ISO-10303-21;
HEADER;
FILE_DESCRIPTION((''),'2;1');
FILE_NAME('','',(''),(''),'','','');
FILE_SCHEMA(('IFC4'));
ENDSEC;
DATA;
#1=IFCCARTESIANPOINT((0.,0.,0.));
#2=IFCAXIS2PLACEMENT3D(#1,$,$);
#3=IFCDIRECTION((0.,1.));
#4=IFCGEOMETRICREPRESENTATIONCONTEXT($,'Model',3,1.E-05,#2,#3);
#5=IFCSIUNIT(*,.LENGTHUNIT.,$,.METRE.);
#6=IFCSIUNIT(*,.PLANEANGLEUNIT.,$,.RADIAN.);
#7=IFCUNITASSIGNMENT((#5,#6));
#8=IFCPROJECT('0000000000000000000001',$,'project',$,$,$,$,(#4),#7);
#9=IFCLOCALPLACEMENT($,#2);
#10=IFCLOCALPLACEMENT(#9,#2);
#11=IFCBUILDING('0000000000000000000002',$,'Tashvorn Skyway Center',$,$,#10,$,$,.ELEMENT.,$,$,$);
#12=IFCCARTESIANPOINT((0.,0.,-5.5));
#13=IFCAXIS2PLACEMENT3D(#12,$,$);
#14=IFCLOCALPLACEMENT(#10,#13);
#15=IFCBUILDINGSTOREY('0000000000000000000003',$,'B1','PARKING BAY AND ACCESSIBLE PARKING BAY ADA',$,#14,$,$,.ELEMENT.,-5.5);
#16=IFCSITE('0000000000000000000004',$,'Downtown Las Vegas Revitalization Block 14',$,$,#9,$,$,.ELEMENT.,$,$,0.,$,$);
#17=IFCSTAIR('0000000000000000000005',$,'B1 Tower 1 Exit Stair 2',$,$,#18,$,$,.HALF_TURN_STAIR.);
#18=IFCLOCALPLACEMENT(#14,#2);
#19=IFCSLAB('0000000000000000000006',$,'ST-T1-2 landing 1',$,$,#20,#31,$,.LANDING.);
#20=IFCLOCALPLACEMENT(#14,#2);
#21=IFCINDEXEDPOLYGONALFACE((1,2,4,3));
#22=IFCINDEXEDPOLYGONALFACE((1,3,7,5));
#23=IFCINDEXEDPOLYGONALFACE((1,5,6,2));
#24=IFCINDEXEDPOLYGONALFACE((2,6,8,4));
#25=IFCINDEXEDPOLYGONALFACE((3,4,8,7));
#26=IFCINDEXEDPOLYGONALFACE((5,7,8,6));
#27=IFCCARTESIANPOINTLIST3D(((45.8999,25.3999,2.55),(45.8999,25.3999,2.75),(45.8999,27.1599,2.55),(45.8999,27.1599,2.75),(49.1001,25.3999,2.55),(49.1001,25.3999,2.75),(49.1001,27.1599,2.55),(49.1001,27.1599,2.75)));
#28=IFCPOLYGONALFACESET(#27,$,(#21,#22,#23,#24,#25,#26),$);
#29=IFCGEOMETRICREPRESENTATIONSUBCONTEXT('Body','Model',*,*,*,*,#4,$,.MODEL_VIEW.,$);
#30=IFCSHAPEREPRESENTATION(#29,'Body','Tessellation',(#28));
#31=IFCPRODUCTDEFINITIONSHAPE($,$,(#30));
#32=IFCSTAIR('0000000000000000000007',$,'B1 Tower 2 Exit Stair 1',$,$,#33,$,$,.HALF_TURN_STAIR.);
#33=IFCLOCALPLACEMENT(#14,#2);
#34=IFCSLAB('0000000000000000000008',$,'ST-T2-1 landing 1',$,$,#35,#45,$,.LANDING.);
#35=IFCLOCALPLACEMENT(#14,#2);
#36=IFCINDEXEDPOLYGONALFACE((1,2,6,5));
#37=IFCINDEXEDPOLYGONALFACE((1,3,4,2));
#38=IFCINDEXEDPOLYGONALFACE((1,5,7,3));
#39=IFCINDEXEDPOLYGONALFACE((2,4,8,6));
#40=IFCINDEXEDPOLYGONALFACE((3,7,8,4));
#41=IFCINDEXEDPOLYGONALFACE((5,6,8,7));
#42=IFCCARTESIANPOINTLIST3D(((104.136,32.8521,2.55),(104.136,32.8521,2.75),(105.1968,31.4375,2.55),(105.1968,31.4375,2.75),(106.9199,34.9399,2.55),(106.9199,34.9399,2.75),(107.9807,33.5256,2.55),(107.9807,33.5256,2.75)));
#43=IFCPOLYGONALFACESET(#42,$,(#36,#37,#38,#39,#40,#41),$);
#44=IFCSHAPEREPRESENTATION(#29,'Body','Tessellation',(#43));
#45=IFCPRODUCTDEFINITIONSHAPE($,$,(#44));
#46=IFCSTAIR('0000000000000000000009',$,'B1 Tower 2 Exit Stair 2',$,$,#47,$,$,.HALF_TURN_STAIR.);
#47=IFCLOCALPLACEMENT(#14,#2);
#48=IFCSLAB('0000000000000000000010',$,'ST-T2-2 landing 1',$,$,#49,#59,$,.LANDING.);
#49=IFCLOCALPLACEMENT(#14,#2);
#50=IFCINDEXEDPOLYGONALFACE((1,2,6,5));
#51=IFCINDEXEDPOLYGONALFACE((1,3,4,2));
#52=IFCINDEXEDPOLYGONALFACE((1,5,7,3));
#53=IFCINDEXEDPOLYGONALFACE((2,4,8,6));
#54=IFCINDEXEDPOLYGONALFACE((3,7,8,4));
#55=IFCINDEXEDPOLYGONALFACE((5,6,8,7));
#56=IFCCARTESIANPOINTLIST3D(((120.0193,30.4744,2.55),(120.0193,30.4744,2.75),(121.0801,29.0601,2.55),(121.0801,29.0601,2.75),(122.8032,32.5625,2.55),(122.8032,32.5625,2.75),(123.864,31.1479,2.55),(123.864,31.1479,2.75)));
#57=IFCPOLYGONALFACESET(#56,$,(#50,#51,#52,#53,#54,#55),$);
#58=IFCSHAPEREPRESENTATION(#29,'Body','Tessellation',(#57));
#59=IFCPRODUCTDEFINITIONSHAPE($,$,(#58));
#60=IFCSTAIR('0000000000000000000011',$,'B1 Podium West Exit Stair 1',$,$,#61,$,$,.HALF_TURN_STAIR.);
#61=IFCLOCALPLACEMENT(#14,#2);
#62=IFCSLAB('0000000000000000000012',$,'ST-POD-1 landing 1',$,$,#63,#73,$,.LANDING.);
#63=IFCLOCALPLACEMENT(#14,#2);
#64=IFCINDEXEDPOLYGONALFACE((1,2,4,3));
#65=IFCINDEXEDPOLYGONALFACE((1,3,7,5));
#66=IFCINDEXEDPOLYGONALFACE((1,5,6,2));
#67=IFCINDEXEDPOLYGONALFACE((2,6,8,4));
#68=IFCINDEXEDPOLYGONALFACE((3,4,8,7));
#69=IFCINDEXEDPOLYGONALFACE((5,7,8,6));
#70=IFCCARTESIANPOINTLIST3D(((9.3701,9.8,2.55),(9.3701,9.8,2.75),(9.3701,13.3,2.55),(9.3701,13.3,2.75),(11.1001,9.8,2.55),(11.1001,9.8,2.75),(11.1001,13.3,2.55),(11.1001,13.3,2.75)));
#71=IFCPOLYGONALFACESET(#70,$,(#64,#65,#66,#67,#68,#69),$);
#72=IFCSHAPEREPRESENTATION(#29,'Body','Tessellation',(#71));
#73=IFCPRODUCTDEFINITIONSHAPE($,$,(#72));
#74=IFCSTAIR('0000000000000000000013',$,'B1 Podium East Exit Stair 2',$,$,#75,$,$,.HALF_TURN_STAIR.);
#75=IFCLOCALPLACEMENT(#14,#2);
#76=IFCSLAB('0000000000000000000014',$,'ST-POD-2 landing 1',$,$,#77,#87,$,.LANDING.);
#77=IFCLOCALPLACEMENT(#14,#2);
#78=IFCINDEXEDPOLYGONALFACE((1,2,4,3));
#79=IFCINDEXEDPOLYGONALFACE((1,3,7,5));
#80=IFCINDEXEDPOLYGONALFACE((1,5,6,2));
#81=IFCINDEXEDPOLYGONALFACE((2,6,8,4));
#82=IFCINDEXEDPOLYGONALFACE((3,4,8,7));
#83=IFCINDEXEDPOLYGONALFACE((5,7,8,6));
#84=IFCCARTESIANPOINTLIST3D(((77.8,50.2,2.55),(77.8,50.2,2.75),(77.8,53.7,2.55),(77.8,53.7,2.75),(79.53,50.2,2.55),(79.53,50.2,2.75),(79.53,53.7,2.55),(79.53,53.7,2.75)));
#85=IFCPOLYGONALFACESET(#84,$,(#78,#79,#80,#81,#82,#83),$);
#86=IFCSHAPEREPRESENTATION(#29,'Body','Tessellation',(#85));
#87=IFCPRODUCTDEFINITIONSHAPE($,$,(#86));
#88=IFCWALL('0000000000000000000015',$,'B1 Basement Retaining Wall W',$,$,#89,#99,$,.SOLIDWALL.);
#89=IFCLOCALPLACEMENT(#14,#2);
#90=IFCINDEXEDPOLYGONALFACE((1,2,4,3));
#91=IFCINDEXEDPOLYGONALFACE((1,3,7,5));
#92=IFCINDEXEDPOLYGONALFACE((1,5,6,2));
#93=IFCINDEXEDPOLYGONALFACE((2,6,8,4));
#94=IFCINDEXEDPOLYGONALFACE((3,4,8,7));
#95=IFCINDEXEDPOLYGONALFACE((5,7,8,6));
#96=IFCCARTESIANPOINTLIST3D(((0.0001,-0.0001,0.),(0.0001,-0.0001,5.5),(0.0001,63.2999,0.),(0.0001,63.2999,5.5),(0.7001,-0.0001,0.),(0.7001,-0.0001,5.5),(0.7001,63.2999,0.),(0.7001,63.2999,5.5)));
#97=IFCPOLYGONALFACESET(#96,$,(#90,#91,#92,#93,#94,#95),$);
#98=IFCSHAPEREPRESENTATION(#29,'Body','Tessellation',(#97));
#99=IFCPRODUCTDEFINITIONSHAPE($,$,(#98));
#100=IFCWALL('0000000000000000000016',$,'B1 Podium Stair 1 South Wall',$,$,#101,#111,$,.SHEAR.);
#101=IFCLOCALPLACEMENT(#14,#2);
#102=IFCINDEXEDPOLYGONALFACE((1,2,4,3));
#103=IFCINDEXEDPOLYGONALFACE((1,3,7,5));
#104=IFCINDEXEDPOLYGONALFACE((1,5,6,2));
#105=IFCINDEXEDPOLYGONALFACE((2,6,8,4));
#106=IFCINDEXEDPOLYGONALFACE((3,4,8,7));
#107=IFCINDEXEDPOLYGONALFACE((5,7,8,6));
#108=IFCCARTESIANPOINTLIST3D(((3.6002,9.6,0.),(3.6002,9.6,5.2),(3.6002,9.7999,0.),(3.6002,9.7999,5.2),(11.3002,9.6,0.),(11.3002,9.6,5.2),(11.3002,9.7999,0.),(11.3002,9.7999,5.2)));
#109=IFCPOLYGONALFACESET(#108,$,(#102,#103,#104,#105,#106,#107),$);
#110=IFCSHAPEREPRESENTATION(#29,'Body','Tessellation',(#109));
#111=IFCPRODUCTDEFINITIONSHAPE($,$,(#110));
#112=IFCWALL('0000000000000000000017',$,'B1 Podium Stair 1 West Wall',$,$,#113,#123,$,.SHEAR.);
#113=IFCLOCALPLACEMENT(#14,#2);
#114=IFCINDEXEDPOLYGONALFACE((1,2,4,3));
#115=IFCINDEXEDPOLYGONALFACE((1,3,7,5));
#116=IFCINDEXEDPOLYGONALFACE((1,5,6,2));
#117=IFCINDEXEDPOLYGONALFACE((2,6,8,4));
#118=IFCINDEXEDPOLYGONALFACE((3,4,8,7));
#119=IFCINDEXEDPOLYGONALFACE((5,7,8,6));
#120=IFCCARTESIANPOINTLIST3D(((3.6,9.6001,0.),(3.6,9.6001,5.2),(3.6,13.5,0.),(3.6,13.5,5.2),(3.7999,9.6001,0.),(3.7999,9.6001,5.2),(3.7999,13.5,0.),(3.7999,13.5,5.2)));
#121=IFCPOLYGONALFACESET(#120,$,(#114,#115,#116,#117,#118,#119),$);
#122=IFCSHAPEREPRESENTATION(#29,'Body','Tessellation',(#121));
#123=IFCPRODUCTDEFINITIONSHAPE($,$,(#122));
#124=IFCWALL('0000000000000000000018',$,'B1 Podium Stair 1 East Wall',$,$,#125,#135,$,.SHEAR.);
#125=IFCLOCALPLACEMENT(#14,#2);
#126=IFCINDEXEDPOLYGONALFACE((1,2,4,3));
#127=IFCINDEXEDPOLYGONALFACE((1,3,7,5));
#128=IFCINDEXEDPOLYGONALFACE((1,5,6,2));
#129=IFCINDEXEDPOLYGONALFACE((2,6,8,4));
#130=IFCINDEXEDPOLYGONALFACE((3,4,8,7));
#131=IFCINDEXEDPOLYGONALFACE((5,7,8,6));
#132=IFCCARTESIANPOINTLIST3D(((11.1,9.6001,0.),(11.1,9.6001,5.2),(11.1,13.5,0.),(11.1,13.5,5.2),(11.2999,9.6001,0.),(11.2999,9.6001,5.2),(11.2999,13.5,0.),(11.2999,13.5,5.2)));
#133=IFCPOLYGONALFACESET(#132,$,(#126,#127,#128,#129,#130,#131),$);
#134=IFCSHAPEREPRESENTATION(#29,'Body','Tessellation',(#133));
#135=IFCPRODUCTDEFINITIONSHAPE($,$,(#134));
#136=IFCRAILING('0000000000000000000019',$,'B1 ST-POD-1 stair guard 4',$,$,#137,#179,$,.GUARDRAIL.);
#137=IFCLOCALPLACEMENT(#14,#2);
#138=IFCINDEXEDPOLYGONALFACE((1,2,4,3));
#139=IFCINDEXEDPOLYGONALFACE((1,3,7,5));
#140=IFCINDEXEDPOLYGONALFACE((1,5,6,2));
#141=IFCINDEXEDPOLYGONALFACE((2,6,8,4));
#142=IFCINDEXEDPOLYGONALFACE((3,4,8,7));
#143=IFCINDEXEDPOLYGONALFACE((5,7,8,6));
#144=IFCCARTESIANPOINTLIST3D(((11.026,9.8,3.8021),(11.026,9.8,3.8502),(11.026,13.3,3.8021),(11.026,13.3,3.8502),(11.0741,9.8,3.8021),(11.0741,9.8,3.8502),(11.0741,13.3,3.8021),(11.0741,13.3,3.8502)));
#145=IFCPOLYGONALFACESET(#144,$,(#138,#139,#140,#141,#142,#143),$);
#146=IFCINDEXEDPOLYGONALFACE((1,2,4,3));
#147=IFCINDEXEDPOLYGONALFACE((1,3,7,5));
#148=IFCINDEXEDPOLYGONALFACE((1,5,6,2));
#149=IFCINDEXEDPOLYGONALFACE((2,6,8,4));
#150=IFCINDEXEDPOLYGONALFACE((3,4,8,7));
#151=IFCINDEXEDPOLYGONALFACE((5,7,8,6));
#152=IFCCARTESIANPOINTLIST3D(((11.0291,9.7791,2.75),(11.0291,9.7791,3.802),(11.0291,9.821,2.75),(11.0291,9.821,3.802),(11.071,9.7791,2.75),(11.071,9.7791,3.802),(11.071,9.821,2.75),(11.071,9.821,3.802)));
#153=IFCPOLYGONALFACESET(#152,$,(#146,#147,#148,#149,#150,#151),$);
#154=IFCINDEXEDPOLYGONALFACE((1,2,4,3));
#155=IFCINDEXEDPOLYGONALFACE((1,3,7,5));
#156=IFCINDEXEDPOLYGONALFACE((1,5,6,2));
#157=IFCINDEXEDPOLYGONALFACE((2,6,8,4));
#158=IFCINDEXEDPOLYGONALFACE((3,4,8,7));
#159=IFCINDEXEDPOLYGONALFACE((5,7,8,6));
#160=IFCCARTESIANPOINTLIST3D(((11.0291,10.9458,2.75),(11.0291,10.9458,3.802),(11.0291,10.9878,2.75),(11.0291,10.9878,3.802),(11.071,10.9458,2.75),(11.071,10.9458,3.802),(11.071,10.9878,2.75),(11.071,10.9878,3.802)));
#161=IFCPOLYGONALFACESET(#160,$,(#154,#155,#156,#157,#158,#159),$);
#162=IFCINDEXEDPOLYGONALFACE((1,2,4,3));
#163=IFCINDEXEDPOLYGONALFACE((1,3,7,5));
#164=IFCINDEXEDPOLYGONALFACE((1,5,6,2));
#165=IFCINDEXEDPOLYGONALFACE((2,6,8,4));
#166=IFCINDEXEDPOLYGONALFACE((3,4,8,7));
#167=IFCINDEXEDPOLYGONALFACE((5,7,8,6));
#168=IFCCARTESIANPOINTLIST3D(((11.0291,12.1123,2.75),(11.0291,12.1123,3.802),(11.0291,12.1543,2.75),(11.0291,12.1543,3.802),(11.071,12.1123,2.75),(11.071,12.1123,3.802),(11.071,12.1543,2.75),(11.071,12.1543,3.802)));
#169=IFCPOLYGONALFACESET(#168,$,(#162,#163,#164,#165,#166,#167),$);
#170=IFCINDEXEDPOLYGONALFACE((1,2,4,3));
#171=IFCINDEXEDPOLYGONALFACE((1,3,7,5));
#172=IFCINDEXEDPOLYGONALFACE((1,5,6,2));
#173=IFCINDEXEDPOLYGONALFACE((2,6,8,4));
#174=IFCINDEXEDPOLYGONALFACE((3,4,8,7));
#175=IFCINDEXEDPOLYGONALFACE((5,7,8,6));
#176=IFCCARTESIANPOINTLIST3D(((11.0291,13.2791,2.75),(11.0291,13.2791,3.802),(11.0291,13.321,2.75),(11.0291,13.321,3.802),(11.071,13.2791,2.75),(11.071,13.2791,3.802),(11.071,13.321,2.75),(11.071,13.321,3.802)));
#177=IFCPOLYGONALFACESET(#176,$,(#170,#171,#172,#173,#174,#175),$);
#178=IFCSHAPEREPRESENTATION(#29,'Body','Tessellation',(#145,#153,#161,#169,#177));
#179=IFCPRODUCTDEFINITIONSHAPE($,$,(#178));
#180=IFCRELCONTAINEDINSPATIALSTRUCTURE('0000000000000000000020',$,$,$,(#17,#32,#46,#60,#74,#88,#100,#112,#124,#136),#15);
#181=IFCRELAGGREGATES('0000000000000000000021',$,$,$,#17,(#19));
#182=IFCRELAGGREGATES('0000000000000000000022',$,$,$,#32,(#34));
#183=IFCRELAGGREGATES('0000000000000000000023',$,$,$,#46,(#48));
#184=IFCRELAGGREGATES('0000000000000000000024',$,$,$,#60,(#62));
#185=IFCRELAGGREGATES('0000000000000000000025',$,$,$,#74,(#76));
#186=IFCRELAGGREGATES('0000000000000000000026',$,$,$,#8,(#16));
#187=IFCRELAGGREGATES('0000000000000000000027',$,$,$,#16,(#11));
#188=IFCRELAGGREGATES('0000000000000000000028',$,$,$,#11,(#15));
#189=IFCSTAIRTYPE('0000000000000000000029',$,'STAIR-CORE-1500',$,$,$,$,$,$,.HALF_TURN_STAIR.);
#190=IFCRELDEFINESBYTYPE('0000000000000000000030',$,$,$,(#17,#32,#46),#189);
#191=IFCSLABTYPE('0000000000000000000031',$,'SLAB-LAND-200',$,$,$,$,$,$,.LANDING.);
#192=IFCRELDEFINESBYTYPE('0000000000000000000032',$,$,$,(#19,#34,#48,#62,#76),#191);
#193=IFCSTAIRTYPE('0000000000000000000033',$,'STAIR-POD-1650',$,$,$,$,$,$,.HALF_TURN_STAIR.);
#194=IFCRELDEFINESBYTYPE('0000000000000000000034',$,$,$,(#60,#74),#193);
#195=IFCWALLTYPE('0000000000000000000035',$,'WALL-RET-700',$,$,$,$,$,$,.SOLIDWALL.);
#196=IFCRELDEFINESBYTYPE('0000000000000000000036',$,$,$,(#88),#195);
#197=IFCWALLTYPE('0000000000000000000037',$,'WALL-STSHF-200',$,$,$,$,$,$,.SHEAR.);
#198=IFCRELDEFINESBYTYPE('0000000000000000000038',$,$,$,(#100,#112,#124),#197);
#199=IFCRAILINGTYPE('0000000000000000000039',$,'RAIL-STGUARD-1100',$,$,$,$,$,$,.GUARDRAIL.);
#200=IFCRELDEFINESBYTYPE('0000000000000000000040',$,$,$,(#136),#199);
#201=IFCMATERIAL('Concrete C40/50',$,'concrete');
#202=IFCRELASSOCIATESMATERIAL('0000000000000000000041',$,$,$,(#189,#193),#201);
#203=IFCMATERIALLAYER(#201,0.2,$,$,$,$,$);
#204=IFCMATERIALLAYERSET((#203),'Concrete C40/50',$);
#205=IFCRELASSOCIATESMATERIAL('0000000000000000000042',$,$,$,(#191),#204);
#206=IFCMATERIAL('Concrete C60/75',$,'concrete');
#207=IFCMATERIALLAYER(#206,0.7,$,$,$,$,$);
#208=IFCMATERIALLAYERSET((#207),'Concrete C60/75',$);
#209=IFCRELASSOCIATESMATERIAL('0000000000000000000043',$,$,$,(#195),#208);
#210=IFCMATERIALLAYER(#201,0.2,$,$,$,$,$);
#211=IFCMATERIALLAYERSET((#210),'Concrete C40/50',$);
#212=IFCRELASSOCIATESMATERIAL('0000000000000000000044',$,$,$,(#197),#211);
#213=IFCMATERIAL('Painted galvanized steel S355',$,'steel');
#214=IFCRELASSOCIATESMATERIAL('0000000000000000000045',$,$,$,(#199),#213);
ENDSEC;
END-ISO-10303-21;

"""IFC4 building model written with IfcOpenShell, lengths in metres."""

from ifc_helpers import new_model, si_unit, direction, frame, frame_2d, origin, origin_2d, place, context, subcontext, project, spatial, polyline, rectangle, outline, extrude, material, layer, layer_set, type_object, element, aggregate, save


model = new_model("IFC4")

# Units and contexts
model_context = context("Model", 3, precision=1e-05, world=origin(), true_north=direction((0.0, 1.0)))
body_context = subcontext(model_context, "Body", "Model", "MODEL_VIEW")
ifc_project = project(units=[si_unit("LENGTHUNIT", "METRE"), si_unit("PLANEANGLEUNIT", "RADIAN")], contexts=[model_context])

# Site, building, storey
site_placement = place(None, origin())
site = spatial("IfcSite", under=ifc_project, at=site_placement, Name="Downtown Las Vegas Revitalization Block 14", CompositionType="ELEMENT", RefElevation=0.0)
building_placement = place(site_placement, origin())
building = spatial("IfcBuilding", under=site, at=building_placement, Name="Tashvorn Skyway Center", CompositionType="ELEMENT")
storey_placement = place(building_placement, frame((0.0, 0.0, -5.5)))
storey = spatial("IfcBuildingStorey", under=building, at=storey_placement, Name="B1", Description="PARKING BAY AND ACCESSIBLE PARKING BAY ADA", CompositionType="ELEMENT", Elevation=-5.5)

# Shared definitions
ifc_material_1 = material(Name="Concrete C40/50", Category="concrete")

# Stairs, slabs
stair_type_1 = type_object("IfcStairType", Name="STAIR-CORE-1500", PredefinedType="HALF_TURN_STAIR", material=ifc_material_1)
ifc_layer_1 = layer(ifc_material_1, 0.2)
ifc_layer_set_1 = layer_set([ifc_layer_1], Name="Concrete C40/50")
slab_type_1 = type_object("IfcSlabType", Name="SLAB-LAND-200", PredefinedType="LANDING", material=ifc_layer_set_1)
stair_1_placement = place(storey_placement, origin())
stair_1 = element("IfcStair", 1, at=stair_1_placement, inside=storey, type_object=stair_type_1, Name="B1 Tower 1 Exit Stair 2", PredefinedType="HALF_TURN_STAIR")
slab_1_placement = place(storey_placement, frame((0.0, 0.0, 2.55)))
slab_1 = element("IfcSlab", 2, at=slab_1_placement, type_object=slab_type_1, Name="ST-T1-2 landing 1", PredefinedType="LANDING", context=body_context, shape_type="SweptSolid", body=[
    extrude(outline(polyline([(45.8999, 27.1599), (45.8999, 25.3999), (49.1001, 25.3999), (49.1001, 27.1599), (45.8999, 27.1599)])), origin(), (0.0, 0.0, 1.0), 0.2),
])
aggregate(stair_1, [slab_1])
stair_2_placement = place(storey_placement, origin())
stair_2 = element("IfcStair", 3, at=stair_2_placement, inside=storey, type_object=stair_type_1, Name="B1 Tower 2 Exit Stair 1", PredefinedType="HALF_TURN_STAIR")
slab_2_placement = place(storey_placement, frame((0.0, 0.0, 2.55)))
slab_2 = element("IfcSlab", 4, at=slab_2_placement, type_object=slab_type_1, Name="ST-T2-1 landing 1", PredefinedType="LANDING", context=body_context, shape_type="SweptSolid", body=[
    extrude(outline(polyline([(107.9807, 33.5256), (106.9199, 34.9399), (104.136, 32.8521), (105.1968, 31.4375), (107.9807, 33.5256)])), origin(), (0.0, 0.0, 1.0), 0.2),
])
aggregate(stair_2, [slab_2])
stair_3_placement = place(storey_placement, origin())
stair_3 = element("IfcStair", 5, at=stair_3_placement, inside=storey, type_object=stair_type_1, Name="B1 Tower 2 Exit Stair 2", PredefinedType="HALF_TURN_STAIR")
slab_3_placement = place(storey_placement, frame((0.0, 0.0, 2.55)))
slab_3 = element("IfcSlab", 6, at=slab_3_placement, type_object=slab_type_1, Name="ST-T2-2 landing 1", PredefinedType="LANDING", context=body_context, shape_type="SweptSolid", body=[
    extrude(outline(polyline([(120.0193, 30.4744), (121.0801, 29.0601), (123.864, 31.1479), (122.8032, 32.5625), (120.0193, 30.4744)])), origin(), (0.0, 0.0, 1.0), 0.2),
])
aggregate(stair_3, [slab_3])
stair_type_2 = type_object("IfcStairType", Name="STAIR-POD-1650", PredefinedType="HALF_TURN_STAIR", material=ifc_material_1)
stair_4_placement = place(storey_placement, origin())
stair_4 = element("IfcStair", 7, at=stair_4_placement, inside=storey, type_object=stair_type_2, Name="B1 Podium West Exit Stair 1", PredefinedType="HALF_TURN_STAIR")
slab_4_placement = place(storey_placement, frame((0.0, 0.0, 2.55)))
slab_4 = element("IfcSlab", 8, at=slab_4_placement, type_object=slab_type_1, Name="ST-POD-1 landing 1", PredefinedType="LANDING", context=body_context, shape_type="SweptSolid", body=[
    extrude(outline(polyline([(9.3701, 9.8), (11.1001, 9.8), (11.1001, 13.3), (9.3701, 13.3), (9.3701, 9.8)])), origin(), (0.0, 0.0, 1.0), 0.2),
])
aggregate(stair_4, [slab_4])
stair_5_placement = place(storey_placement, origin())
stair_5 = element("IfcStair", 9, at=stair_5_placement, inside=storey, type_object=stair_type_2, Name="B1 Podium East Exit Stair 2", PredefinedType="HALF_TURN_STAIR")
slab_5_placement = place(storey_placement, frame((0.0, 0.0, 2.55)))
slab_5 = element("IfcSlab", 10, at=slab_5_placement, type_object=slab_type_1, Name="ST-POD-2 landing 1", PredefinedType="LANDING", context=body_context, shape_type="SweptSolid", body=[
    extrude(outline(polyline([(79.53, 53.7), (77.8, 53.7), (77.8, 50.2), (79.53, 50.2), (79.53, 53.7)])), origin(), (0.0, 0.0, 1.0), 0.2),
])
aggregate(stair_5, [slab_5])

# Walls
ifc_material_2 = material(Name="Concrete C60/75", Category="concrete")
ifc_layer_2 = layer(ifc_material_2, 0.7)
ifc_layer_set_2 = layer_set([ifc_layer_2], Name="Concrete C60/75")
wall_type_1 = type_object("IfcWallType", Name="WALL-RET-700", PredefinedType="SOLIDWALL", material=ifc_layer_set_2)
wall_1_placement = place(storey_placement, frame((0.3501, 0.0, 0.0), z_axis=(0.0, 0.0, 1.0), x_axis=(0.0, 1.0, 0.0)))
element("IfcWall", 11, at=wall_1_placement, inside=storey, type_object=wall_type_1, Name="B1 Basement Retaining Wall W", PredefinedType="SOLIDWALL", context=body_context, shape_type="SweptSolid", body=[
    extrude(rectangle(XDim=63.3, YDim=0.7, at=frame_2d((31.6499, 0.0))), origin(), (0.0, 0.0, 1.0), 5.5),
])
ifc_layer_3 = layer(ifc_material_1, 0.2)
ifc_layer_set_3 = layer_set([ifc_layer_3], Name="Concrete C40/50")
wall_type_2 = type_object("IfcWallType", Name="WALL-STSHF-200", PredefinedType="SHEAR", material=ifc_layer_set_3)
wall_2_placement = place(storey_placement, frame((3.6001, 9.7, 0.0), z_axis=(0.0, 0.0, 1.0), x_axis=(1.0, 0.0, 0.0)))
element("IfcWall", 12, at=wall_2_placement, inside=storey, type_object=wall_type_2, Name="B1 Podium Stair 1 South Wall", PredefinedType="SHEAR", context=body_context, shape_type="SweptSolid", body=[
    extrude(rectangle(XDim=7.7, YDim=0.2, at=frame_2d((3.8501, 0.0))), origin(), (0.0, 0.0, 1.0), 5.2),
])
for number, where, z_axis, x_axis, name in (
    (13, (3.7, 9.6001, 0.0), (0.0, 0.0, 1.0), (0.0, 1.0, 0.0), "B1 Podium Stair 1 West Wall"),
    (14, (11.2, 9.6001, 0.0), (0.0, 0.0, 1.0), (0.0, 1.0, 0.0), "B1 Podium Stair 1 East Wall"),
):
    element("IfcWall", number, at=place(storey_placement, frame(where, z_axis=z_axis, x_axis=x_axis)), inside=storey, type_object=wall_type_2, Name=name, PredefinedType="SHEAR", context=body_context, shape_type="SweptSolid", body=[
        extrude(rectangle(XDim=3.8999, YDim=0.2, at=frame_2d((1.95, 0.0))), origin(), (0.0, 0.0, 1.0), 5.2),
    ])

# Railing
ifc_material_3 = material(Name="Painted galvanized steel S355", Category="steel")
railing_type = type_object("IfcRailingType", Name="RAIL-STGUARD-1100", PredefinedType="GUARDRAIL", material=ifc_material_3)
railing_1_placement = place(storey_placement, frame((11.05, 9.8, 2.75)))
element("IfcRailing", 15, at=railing_1_placement, inside=storey, type_object=railing_type, Name="B1 ST-POD-1 stair guard 4", PredefinedType="GUARDRAIL", context=body_context, shape_type="SweptSolid", body=[
    extrude(rectangle(XDim=0.0481, YDim=0.0481, at=origin_2d()), frame((0.0, 0.0, 1.0762), z_axis=(0.0, 1.0, 0.0), x_axis=(-1.0, 0.0, 0.0)), (0.0, 0.0, 1.0), 3.5),
    extrude(rectangle(XDim=0.042, YDim=0.042, at=origin_2d()), origin(), (0.0, 0.0, 1.0), 1.052),
    extrude(rectangle(XDim=0.042, YDim=0.042, at=origin_2d()), frame((0.0, 1.1667, 0.0)), (0.0, 0.0, 1.0), 1.052),
    extrude(rectangle(XDim=0.042, YDim=0.042, at=origin_2d()), frame((0.0, 2.3333, 0.0)), (0.0, 0.0, 1.0), 1.052),
    extrude(rectangle(XDim=0.042, YDim=0.042, at=origin_2d()), frame((0.0, 3.5, 0.0)), (0.0, 0.0, 1.0), 1.052),
])

save(model, "model.ifc")
